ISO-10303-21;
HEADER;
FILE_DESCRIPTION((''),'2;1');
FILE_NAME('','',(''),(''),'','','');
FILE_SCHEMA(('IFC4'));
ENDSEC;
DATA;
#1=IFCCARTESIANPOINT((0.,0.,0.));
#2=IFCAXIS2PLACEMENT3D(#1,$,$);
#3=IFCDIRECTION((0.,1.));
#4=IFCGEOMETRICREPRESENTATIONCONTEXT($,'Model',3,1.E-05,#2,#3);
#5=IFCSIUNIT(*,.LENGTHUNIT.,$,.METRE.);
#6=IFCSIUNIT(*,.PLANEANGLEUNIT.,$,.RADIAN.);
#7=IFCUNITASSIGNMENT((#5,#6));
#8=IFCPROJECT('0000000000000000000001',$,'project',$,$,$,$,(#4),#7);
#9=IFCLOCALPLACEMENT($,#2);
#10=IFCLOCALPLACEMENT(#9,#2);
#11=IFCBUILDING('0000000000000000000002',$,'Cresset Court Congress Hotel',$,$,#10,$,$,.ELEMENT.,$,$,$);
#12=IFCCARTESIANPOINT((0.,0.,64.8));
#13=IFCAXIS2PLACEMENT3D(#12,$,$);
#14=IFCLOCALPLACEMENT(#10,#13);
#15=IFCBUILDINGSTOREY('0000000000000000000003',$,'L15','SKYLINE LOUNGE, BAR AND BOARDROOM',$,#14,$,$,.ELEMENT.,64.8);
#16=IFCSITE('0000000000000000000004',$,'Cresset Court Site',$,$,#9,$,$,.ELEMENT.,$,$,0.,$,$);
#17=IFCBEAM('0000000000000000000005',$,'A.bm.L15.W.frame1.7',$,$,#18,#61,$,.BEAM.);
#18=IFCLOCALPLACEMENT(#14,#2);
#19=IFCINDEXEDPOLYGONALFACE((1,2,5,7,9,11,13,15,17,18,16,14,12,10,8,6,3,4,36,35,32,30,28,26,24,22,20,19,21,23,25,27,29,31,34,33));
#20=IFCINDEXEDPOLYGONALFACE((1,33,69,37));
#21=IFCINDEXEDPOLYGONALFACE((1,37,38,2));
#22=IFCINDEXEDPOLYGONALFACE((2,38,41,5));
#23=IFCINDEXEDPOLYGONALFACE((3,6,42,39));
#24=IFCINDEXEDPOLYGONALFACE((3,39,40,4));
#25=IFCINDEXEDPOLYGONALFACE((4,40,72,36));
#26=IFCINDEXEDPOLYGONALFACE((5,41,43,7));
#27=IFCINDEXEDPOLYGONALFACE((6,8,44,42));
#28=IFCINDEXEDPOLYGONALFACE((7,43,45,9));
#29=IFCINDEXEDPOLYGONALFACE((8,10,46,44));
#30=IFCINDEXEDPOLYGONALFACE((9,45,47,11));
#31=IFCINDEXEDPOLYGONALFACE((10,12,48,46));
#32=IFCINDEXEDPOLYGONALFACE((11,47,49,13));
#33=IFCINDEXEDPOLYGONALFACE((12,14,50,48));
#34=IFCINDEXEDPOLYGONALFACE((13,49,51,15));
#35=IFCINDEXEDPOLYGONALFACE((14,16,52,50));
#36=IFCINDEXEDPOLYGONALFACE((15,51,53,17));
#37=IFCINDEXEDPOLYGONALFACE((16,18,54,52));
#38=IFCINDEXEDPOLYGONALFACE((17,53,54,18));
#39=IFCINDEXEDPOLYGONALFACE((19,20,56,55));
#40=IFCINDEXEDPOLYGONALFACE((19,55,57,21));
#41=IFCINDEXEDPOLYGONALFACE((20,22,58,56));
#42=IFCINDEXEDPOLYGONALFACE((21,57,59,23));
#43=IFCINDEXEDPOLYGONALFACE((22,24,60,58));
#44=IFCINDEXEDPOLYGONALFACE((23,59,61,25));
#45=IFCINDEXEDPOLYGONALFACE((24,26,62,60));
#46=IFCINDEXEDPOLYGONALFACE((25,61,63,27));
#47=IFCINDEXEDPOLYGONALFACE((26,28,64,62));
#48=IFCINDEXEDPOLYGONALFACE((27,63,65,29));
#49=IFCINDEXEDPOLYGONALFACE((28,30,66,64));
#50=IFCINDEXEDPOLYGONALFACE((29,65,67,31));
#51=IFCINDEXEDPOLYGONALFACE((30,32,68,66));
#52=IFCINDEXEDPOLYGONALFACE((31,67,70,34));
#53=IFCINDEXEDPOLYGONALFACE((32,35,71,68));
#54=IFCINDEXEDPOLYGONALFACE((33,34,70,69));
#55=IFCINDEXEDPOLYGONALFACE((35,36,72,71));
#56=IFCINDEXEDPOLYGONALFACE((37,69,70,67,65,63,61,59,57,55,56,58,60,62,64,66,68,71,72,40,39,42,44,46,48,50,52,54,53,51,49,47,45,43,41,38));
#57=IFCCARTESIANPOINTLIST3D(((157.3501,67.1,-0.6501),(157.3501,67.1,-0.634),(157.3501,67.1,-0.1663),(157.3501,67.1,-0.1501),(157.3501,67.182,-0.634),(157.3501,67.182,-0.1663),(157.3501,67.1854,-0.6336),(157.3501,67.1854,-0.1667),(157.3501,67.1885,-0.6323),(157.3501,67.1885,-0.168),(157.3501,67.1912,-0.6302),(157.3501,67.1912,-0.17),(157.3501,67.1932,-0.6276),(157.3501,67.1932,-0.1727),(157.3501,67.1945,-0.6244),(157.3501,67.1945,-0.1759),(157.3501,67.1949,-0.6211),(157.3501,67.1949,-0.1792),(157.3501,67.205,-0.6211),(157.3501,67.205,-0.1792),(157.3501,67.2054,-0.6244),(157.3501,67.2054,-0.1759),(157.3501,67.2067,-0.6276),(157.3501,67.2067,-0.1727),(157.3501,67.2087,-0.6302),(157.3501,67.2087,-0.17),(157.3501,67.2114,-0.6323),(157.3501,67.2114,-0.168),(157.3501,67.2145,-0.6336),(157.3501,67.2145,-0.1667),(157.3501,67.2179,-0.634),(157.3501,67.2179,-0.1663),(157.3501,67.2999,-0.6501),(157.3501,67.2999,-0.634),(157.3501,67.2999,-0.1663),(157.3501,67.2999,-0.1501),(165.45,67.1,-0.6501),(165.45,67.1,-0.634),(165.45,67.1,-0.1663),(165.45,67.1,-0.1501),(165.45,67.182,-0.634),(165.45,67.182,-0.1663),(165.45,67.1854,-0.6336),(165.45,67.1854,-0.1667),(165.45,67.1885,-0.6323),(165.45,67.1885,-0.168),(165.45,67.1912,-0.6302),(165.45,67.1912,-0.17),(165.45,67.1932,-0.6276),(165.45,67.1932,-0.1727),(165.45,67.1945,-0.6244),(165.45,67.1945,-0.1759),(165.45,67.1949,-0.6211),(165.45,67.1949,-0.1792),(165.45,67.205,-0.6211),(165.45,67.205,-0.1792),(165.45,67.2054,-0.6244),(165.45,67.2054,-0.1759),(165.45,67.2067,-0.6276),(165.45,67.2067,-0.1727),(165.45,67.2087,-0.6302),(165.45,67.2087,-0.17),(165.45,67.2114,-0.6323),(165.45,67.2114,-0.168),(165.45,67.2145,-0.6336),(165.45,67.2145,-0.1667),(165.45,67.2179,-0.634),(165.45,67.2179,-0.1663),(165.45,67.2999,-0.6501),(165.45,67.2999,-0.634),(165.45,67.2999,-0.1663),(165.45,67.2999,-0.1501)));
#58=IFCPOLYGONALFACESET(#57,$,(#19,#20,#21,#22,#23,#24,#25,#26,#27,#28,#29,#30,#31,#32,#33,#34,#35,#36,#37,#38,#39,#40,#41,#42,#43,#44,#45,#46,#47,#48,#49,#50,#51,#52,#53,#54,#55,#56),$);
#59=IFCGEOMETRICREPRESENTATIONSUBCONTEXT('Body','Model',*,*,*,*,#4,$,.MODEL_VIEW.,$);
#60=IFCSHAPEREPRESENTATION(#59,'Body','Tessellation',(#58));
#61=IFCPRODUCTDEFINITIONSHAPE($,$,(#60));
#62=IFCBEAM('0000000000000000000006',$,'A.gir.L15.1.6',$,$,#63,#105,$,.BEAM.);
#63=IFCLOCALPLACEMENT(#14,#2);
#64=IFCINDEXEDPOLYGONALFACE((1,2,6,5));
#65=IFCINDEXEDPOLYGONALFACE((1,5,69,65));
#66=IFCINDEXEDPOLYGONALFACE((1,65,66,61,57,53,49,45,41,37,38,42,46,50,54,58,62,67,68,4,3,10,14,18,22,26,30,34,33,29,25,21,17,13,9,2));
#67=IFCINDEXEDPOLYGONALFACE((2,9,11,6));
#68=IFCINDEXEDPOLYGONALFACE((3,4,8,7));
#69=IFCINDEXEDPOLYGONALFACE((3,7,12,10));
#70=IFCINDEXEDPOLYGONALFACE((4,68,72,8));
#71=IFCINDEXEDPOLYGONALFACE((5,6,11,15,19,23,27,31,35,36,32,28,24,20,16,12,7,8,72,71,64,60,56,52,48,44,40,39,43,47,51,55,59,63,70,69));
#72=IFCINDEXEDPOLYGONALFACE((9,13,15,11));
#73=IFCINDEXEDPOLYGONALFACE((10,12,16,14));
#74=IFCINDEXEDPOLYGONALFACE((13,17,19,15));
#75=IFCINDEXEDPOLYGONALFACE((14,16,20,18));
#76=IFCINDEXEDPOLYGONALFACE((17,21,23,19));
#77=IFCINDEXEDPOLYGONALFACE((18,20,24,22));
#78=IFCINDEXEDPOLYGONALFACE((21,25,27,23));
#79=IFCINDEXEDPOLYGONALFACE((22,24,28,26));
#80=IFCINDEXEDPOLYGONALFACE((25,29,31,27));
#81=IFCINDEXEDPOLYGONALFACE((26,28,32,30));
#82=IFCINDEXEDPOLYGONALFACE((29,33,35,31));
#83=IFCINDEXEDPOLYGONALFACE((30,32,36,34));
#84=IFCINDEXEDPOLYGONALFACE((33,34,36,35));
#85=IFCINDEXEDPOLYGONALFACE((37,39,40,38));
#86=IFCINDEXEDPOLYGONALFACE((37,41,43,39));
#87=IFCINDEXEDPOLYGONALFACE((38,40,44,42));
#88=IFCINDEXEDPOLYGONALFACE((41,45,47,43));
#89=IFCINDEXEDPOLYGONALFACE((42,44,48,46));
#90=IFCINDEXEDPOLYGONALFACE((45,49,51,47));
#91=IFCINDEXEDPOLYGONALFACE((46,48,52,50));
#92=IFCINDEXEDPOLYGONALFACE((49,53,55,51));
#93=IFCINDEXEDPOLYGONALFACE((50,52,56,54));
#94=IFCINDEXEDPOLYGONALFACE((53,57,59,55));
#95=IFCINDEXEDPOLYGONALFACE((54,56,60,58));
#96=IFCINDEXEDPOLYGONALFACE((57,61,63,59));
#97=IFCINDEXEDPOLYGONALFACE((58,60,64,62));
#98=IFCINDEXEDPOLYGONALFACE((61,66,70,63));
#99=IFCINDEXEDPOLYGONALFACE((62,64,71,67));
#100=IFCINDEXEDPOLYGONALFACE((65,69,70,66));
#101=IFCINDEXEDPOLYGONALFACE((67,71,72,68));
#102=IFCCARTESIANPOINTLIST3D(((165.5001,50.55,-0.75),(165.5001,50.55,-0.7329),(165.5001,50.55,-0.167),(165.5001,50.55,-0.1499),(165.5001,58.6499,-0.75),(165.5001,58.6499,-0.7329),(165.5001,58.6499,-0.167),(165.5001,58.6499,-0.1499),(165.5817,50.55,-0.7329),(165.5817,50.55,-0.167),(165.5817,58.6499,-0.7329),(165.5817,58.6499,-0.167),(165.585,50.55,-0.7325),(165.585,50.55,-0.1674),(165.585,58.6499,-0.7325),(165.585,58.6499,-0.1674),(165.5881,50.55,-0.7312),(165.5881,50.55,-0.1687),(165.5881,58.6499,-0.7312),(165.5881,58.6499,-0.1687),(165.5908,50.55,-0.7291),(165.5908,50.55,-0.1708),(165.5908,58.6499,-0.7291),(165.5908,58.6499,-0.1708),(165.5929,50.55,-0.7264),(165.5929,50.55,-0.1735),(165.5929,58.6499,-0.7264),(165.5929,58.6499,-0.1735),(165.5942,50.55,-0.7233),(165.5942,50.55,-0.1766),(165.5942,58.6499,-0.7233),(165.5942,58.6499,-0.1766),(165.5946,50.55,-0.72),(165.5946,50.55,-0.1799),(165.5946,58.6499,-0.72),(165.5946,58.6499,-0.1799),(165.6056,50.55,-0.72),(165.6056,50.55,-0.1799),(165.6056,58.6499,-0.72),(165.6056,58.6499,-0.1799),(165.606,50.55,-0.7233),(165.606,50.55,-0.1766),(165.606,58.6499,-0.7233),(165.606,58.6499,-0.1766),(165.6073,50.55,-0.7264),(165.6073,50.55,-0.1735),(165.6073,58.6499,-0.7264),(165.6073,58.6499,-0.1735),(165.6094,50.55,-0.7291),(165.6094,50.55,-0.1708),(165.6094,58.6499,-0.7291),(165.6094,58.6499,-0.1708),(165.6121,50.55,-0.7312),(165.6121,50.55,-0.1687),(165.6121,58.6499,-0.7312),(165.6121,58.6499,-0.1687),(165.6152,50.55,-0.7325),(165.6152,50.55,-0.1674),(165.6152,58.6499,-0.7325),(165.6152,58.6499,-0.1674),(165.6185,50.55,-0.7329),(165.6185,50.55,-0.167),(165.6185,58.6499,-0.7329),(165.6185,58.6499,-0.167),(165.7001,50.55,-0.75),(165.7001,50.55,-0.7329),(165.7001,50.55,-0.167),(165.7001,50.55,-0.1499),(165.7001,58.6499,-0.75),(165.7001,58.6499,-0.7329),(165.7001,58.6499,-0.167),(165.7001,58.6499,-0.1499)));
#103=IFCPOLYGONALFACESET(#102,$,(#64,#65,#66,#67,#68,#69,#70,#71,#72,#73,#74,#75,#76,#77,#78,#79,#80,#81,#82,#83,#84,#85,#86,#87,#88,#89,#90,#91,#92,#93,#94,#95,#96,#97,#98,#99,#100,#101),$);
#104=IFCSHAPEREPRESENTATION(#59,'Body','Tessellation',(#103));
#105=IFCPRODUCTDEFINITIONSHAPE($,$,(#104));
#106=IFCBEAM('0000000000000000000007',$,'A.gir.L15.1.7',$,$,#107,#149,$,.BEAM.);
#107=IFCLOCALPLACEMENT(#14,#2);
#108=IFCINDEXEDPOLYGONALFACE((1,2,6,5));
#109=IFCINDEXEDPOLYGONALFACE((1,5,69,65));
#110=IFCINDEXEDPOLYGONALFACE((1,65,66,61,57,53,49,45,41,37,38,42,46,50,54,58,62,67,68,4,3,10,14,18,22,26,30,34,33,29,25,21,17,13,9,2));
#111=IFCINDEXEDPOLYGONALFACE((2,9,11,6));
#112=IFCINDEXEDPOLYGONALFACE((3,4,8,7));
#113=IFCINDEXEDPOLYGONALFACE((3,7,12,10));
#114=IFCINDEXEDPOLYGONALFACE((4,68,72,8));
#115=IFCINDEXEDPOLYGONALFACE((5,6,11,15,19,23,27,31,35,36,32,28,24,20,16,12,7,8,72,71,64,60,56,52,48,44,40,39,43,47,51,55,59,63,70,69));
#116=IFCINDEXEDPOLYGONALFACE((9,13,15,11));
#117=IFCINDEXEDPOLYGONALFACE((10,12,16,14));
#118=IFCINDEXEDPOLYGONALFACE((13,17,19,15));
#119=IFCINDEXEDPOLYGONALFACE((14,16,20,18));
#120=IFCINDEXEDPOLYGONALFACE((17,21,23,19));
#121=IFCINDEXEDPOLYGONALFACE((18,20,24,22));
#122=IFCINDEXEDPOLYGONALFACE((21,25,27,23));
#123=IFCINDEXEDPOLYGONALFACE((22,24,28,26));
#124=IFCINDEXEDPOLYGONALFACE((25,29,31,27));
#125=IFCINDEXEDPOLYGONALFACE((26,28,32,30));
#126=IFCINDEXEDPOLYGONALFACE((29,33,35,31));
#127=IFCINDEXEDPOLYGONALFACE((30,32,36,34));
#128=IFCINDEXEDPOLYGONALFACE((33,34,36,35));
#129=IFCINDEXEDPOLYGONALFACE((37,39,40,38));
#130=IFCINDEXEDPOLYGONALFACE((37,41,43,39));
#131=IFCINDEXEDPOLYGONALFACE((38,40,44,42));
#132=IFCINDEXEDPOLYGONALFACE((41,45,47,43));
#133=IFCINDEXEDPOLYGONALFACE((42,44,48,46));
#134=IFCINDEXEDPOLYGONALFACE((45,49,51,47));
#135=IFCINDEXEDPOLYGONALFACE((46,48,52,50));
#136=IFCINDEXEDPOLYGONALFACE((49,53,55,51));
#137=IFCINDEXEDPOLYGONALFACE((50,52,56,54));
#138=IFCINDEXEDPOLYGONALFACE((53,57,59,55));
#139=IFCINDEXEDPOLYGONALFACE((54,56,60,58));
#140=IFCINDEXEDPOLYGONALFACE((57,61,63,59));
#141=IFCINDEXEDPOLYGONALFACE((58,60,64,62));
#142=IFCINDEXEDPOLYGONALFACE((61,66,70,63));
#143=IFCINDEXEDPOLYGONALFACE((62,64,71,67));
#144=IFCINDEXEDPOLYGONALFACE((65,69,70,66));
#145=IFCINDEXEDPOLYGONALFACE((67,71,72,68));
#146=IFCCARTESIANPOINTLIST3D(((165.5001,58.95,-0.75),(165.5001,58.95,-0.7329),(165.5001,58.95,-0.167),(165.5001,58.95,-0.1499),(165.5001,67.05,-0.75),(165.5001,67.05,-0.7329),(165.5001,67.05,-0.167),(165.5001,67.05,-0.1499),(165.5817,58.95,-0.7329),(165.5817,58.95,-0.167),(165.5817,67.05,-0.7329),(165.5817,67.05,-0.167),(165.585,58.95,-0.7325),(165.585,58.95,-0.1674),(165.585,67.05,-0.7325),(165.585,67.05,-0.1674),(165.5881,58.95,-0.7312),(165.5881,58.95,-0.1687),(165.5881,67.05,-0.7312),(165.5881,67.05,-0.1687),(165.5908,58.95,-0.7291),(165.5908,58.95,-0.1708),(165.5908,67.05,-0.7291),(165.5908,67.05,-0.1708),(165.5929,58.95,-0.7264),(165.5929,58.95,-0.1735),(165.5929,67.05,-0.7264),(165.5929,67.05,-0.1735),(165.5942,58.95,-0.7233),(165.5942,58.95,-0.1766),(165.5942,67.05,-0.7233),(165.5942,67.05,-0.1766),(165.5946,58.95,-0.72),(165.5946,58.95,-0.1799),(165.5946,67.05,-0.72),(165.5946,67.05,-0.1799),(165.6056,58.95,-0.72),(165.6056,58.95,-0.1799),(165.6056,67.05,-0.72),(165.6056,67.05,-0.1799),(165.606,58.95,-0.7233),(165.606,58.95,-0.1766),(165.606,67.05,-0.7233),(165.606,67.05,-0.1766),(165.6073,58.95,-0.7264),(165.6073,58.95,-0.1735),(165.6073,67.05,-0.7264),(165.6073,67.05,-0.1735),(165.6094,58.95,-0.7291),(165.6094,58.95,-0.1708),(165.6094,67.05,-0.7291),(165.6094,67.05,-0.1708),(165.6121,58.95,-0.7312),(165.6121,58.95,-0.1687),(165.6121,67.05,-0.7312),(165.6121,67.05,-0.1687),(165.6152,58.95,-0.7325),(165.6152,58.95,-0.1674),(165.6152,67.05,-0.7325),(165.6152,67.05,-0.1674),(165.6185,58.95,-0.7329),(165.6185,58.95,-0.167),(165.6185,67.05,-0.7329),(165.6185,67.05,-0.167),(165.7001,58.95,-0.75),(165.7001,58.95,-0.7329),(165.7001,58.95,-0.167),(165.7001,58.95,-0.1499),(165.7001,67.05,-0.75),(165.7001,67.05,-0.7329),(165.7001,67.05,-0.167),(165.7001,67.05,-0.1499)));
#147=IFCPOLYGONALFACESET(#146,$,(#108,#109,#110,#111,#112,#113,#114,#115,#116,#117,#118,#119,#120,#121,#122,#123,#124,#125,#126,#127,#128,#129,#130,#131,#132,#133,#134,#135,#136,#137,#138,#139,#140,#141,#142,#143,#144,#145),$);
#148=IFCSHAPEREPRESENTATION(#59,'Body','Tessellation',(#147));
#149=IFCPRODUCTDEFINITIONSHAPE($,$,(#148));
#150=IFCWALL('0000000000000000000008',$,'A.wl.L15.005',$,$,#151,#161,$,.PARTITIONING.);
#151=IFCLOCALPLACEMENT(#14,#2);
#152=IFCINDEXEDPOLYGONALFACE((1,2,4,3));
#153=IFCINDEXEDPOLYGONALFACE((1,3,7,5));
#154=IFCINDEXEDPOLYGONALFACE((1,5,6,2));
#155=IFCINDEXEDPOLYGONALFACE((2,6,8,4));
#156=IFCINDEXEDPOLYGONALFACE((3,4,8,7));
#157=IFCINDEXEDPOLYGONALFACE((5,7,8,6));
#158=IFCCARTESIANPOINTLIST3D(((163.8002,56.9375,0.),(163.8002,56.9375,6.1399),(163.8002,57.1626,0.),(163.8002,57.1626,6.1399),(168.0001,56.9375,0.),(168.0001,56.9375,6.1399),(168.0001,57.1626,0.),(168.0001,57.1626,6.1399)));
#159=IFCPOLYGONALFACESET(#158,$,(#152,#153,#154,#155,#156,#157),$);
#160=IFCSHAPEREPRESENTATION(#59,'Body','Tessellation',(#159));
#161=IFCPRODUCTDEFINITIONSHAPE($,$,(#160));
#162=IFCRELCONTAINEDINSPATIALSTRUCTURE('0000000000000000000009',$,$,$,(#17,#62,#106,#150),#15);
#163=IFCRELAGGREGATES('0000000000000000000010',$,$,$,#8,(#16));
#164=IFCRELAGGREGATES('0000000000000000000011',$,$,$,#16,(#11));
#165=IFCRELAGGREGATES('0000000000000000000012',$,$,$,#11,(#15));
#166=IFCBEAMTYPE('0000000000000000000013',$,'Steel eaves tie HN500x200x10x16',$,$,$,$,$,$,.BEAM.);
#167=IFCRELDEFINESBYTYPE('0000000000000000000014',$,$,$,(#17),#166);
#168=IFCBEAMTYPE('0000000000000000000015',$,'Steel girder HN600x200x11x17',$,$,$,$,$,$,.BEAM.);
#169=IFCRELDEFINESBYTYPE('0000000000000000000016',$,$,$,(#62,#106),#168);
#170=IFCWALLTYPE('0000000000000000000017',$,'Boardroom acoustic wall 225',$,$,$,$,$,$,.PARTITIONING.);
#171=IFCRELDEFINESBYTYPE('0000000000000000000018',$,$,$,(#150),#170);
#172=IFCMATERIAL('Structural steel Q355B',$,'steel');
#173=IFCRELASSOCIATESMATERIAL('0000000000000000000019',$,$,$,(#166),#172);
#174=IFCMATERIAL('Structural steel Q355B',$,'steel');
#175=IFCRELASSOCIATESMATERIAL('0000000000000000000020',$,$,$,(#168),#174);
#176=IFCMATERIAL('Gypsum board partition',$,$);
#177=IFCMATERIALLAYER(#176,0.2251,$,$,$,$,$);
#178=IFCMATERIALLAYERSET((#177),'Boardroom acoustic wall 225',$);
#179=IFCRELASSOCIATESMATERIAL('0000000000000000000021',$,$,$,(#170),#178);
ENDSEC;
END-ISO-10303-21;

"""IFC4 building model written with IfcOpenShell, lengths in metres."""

from ifc_helpers import new_model, si_unit, direction, frame, frame_2d, origin, origin_2d, place, context, subcontext, project, spatial, rectangle, i_section, extrude, material, layer, layer_set, material_profile, profile_set, type_object, element, save


model = new_model("IFC4")

# Units and contexts
model_context = context("Model", 3, precision=1e-05, world=origin(), true_north=direction((0.0, 1.0)))
body_context = subcontext(model_context, "Body", "Model", "MODEL_VIEW")
ifc_project = project(units=[si_unit("LENGTHUNIT", "METRE"), si_unit("PLANEANGLEUNIT", "RADIAN")], contexts=[model_context])

# Site, building, storey
site_placement = place(None, origin())
site = spatial("IfcSite", under=ifc_project, at=site_placement, Name="Cresset Court Site", CompositionType="ELEMENT", RefElevation=0.0)
building_placement = place(site_placement, origin())
building = spatial("IfcBuilding", under=site, at=building_placement, Name="Cresset Court Congress Hotel", CompositionType="ELEMENT")
storey_placement = place(building_placement, frame((0.0, 0.0, 64.8)))
storey = spatial("IfcBuildingStorey", under=building, at=storey_placement, Name="L15", Description="SKYLINE LOUNGE, BAR AND BOARDROOM", CompositionType="ELEMENT", Elevation=64.8)

# Beams
ifc_material_1 = material(Name="Structural steel Q355B", Category="steel")
ifc_material_profile_1 = material_profile(ifc_material_1, i_section(OverallWidth=0.2, OverallDepth=0.5, WebThickness=0.01, FlangeThickness=0.0161, FilletRadius=0.0129, at=origin_2d()), Name="HN500x200x10x16")
ifc_profile_set_1 = profile_set([ifc_material_profile_1], Name="Structural steel Q355B")
beam_type_1 = type_object("IfcBeamType", Name="Steel eaves tie HN500x200x10x16", PredefinedType="BEAM", material=ifc_profile_set_1)
for number, where, z_axis, x_axis, name in (
    (1, (157.3501, 67.2, -0.4001), (1.0, 0.0, 0.0), (0.0, 1.0, 0.0), "A.bm.L15.W.frame1.7"),
):
    element("IfcBeam", number, at=place(storey_placement, frame(where, z_axis=z_axis, x_axis=x_axis)), inside=storey, type_object=beam_type_1, Name=name, PredefinedType="BEAM", context=body_context, shape_type="SweptSolid", body=[
        extrude(i_section(OverallWidth=0.2, OverallDepth=0.5, WebThickness=0.01, FlangeThickness=0.0161, FilletRadius=0.0129, at=origin_2d()), origin(), (0.0, 0.0, 1.0), 8.0999),
    ])
ifc_material_2 = material(Name="Structural steel Q355B", Category="steel")
ifc_material_profile_2 = material_profile(ifc_material_2, i_section(OverallWidth=0.2, OverallDepth=0.6001, WebThickness=0.011, FlangeThickness=0.0171, FilletRadius=0.0129, at=origin_2d()), Name="HN600x200x11x17")
ifc_profile_set_2 = profile_set([ifc_material_profile_2], Name="Structural steel Q355B")
beam_type_2 = type_object("IfcBeamType", Name="Steel girder HN600x200x11x17", PredefinedType="BEAM", material=ifc_profile_set_2)
beam_1_placement = place(storey_placement, frame((165.6001, 50.55, -0.45), z_axis=(0.0, 1.0, 0.0), x_axis=(-1.0, 0.0, 0.0)))
element("IfcBeam", 2, at=beam_1_placement, inside=storey, type_object=beam_type_2, Name="A.gir.L15.1.6", PredefinedType="BEAM", context=body_context, shape_type="SweptSolid", body=[
    extrude(i_section(OverallWidth=0.2, OverallDepth=0.6001, WebThickness=0.011, FlangeThickness=0.0171, FilletRadius=0.0129, at=origin_2d()), origin(), (0.0, 0.0, 1.0), 8.0999),
])
beam_2_placement = place(storey_placement, frame((165.6001, 58.95, -0.45), z_axis=(0.0, 1.0, 0.0), x_axis=(-1.0, 0.0, 0.0)))
element("IfcBeam", 3, at=beam_2_placement, inside=storey, type_object=beam_type_2, Name="A.gir.L15.1.7", PredefinedType="BEAM", context=body_context, shape_type="SweptSolid", body=[
    extrude(i_section(OverallWidth=0.2, OverallDepth=0.6001, WebThickness=0.011, FlangeThickness=0.0171, FilletRadius=0.0129, at=origin_2d()), origin(), (0.0, 0.0, 1.0), 8.1001),
])

# Wall
ifc_material_3 = material(Name="Gypsum board partition")
ifc_layer_1 = layer(ifc_material_3, 0.2251)
ifc_layer_set_1 = layer_set([ifc_layer_1], Name="Boardroom acoustic wall 225")
wall_type_1 = type_object("IfcWallType", Name="Boardroom acoustic wall 225", PredefinedType="PARTITIONING", material=ifc_layer_set_1)
wall_1_placement = place(storey_placement, frame((163.8, 57.05, 0.0), z_axis=(0.0, 0.0, 1.0), x_axis=(1.0, 0.0, 0.0)))
element("IfcWall", 4, at=wall_1_placement, inside=storey, type_object=wall_type_1, Name="A.wl.L15.005", PredefinedType="PARTITIONING", context=body_context, shape_type="SweptSolid", body=[
    extrude(rectangle(XDim=4.2, YDim=0.2251, at=frame_2d((2.1001, 0.0))), origin(), (0.0, 0.0, 1.0), 6.1399),
])

save(model, "model.ifc")
